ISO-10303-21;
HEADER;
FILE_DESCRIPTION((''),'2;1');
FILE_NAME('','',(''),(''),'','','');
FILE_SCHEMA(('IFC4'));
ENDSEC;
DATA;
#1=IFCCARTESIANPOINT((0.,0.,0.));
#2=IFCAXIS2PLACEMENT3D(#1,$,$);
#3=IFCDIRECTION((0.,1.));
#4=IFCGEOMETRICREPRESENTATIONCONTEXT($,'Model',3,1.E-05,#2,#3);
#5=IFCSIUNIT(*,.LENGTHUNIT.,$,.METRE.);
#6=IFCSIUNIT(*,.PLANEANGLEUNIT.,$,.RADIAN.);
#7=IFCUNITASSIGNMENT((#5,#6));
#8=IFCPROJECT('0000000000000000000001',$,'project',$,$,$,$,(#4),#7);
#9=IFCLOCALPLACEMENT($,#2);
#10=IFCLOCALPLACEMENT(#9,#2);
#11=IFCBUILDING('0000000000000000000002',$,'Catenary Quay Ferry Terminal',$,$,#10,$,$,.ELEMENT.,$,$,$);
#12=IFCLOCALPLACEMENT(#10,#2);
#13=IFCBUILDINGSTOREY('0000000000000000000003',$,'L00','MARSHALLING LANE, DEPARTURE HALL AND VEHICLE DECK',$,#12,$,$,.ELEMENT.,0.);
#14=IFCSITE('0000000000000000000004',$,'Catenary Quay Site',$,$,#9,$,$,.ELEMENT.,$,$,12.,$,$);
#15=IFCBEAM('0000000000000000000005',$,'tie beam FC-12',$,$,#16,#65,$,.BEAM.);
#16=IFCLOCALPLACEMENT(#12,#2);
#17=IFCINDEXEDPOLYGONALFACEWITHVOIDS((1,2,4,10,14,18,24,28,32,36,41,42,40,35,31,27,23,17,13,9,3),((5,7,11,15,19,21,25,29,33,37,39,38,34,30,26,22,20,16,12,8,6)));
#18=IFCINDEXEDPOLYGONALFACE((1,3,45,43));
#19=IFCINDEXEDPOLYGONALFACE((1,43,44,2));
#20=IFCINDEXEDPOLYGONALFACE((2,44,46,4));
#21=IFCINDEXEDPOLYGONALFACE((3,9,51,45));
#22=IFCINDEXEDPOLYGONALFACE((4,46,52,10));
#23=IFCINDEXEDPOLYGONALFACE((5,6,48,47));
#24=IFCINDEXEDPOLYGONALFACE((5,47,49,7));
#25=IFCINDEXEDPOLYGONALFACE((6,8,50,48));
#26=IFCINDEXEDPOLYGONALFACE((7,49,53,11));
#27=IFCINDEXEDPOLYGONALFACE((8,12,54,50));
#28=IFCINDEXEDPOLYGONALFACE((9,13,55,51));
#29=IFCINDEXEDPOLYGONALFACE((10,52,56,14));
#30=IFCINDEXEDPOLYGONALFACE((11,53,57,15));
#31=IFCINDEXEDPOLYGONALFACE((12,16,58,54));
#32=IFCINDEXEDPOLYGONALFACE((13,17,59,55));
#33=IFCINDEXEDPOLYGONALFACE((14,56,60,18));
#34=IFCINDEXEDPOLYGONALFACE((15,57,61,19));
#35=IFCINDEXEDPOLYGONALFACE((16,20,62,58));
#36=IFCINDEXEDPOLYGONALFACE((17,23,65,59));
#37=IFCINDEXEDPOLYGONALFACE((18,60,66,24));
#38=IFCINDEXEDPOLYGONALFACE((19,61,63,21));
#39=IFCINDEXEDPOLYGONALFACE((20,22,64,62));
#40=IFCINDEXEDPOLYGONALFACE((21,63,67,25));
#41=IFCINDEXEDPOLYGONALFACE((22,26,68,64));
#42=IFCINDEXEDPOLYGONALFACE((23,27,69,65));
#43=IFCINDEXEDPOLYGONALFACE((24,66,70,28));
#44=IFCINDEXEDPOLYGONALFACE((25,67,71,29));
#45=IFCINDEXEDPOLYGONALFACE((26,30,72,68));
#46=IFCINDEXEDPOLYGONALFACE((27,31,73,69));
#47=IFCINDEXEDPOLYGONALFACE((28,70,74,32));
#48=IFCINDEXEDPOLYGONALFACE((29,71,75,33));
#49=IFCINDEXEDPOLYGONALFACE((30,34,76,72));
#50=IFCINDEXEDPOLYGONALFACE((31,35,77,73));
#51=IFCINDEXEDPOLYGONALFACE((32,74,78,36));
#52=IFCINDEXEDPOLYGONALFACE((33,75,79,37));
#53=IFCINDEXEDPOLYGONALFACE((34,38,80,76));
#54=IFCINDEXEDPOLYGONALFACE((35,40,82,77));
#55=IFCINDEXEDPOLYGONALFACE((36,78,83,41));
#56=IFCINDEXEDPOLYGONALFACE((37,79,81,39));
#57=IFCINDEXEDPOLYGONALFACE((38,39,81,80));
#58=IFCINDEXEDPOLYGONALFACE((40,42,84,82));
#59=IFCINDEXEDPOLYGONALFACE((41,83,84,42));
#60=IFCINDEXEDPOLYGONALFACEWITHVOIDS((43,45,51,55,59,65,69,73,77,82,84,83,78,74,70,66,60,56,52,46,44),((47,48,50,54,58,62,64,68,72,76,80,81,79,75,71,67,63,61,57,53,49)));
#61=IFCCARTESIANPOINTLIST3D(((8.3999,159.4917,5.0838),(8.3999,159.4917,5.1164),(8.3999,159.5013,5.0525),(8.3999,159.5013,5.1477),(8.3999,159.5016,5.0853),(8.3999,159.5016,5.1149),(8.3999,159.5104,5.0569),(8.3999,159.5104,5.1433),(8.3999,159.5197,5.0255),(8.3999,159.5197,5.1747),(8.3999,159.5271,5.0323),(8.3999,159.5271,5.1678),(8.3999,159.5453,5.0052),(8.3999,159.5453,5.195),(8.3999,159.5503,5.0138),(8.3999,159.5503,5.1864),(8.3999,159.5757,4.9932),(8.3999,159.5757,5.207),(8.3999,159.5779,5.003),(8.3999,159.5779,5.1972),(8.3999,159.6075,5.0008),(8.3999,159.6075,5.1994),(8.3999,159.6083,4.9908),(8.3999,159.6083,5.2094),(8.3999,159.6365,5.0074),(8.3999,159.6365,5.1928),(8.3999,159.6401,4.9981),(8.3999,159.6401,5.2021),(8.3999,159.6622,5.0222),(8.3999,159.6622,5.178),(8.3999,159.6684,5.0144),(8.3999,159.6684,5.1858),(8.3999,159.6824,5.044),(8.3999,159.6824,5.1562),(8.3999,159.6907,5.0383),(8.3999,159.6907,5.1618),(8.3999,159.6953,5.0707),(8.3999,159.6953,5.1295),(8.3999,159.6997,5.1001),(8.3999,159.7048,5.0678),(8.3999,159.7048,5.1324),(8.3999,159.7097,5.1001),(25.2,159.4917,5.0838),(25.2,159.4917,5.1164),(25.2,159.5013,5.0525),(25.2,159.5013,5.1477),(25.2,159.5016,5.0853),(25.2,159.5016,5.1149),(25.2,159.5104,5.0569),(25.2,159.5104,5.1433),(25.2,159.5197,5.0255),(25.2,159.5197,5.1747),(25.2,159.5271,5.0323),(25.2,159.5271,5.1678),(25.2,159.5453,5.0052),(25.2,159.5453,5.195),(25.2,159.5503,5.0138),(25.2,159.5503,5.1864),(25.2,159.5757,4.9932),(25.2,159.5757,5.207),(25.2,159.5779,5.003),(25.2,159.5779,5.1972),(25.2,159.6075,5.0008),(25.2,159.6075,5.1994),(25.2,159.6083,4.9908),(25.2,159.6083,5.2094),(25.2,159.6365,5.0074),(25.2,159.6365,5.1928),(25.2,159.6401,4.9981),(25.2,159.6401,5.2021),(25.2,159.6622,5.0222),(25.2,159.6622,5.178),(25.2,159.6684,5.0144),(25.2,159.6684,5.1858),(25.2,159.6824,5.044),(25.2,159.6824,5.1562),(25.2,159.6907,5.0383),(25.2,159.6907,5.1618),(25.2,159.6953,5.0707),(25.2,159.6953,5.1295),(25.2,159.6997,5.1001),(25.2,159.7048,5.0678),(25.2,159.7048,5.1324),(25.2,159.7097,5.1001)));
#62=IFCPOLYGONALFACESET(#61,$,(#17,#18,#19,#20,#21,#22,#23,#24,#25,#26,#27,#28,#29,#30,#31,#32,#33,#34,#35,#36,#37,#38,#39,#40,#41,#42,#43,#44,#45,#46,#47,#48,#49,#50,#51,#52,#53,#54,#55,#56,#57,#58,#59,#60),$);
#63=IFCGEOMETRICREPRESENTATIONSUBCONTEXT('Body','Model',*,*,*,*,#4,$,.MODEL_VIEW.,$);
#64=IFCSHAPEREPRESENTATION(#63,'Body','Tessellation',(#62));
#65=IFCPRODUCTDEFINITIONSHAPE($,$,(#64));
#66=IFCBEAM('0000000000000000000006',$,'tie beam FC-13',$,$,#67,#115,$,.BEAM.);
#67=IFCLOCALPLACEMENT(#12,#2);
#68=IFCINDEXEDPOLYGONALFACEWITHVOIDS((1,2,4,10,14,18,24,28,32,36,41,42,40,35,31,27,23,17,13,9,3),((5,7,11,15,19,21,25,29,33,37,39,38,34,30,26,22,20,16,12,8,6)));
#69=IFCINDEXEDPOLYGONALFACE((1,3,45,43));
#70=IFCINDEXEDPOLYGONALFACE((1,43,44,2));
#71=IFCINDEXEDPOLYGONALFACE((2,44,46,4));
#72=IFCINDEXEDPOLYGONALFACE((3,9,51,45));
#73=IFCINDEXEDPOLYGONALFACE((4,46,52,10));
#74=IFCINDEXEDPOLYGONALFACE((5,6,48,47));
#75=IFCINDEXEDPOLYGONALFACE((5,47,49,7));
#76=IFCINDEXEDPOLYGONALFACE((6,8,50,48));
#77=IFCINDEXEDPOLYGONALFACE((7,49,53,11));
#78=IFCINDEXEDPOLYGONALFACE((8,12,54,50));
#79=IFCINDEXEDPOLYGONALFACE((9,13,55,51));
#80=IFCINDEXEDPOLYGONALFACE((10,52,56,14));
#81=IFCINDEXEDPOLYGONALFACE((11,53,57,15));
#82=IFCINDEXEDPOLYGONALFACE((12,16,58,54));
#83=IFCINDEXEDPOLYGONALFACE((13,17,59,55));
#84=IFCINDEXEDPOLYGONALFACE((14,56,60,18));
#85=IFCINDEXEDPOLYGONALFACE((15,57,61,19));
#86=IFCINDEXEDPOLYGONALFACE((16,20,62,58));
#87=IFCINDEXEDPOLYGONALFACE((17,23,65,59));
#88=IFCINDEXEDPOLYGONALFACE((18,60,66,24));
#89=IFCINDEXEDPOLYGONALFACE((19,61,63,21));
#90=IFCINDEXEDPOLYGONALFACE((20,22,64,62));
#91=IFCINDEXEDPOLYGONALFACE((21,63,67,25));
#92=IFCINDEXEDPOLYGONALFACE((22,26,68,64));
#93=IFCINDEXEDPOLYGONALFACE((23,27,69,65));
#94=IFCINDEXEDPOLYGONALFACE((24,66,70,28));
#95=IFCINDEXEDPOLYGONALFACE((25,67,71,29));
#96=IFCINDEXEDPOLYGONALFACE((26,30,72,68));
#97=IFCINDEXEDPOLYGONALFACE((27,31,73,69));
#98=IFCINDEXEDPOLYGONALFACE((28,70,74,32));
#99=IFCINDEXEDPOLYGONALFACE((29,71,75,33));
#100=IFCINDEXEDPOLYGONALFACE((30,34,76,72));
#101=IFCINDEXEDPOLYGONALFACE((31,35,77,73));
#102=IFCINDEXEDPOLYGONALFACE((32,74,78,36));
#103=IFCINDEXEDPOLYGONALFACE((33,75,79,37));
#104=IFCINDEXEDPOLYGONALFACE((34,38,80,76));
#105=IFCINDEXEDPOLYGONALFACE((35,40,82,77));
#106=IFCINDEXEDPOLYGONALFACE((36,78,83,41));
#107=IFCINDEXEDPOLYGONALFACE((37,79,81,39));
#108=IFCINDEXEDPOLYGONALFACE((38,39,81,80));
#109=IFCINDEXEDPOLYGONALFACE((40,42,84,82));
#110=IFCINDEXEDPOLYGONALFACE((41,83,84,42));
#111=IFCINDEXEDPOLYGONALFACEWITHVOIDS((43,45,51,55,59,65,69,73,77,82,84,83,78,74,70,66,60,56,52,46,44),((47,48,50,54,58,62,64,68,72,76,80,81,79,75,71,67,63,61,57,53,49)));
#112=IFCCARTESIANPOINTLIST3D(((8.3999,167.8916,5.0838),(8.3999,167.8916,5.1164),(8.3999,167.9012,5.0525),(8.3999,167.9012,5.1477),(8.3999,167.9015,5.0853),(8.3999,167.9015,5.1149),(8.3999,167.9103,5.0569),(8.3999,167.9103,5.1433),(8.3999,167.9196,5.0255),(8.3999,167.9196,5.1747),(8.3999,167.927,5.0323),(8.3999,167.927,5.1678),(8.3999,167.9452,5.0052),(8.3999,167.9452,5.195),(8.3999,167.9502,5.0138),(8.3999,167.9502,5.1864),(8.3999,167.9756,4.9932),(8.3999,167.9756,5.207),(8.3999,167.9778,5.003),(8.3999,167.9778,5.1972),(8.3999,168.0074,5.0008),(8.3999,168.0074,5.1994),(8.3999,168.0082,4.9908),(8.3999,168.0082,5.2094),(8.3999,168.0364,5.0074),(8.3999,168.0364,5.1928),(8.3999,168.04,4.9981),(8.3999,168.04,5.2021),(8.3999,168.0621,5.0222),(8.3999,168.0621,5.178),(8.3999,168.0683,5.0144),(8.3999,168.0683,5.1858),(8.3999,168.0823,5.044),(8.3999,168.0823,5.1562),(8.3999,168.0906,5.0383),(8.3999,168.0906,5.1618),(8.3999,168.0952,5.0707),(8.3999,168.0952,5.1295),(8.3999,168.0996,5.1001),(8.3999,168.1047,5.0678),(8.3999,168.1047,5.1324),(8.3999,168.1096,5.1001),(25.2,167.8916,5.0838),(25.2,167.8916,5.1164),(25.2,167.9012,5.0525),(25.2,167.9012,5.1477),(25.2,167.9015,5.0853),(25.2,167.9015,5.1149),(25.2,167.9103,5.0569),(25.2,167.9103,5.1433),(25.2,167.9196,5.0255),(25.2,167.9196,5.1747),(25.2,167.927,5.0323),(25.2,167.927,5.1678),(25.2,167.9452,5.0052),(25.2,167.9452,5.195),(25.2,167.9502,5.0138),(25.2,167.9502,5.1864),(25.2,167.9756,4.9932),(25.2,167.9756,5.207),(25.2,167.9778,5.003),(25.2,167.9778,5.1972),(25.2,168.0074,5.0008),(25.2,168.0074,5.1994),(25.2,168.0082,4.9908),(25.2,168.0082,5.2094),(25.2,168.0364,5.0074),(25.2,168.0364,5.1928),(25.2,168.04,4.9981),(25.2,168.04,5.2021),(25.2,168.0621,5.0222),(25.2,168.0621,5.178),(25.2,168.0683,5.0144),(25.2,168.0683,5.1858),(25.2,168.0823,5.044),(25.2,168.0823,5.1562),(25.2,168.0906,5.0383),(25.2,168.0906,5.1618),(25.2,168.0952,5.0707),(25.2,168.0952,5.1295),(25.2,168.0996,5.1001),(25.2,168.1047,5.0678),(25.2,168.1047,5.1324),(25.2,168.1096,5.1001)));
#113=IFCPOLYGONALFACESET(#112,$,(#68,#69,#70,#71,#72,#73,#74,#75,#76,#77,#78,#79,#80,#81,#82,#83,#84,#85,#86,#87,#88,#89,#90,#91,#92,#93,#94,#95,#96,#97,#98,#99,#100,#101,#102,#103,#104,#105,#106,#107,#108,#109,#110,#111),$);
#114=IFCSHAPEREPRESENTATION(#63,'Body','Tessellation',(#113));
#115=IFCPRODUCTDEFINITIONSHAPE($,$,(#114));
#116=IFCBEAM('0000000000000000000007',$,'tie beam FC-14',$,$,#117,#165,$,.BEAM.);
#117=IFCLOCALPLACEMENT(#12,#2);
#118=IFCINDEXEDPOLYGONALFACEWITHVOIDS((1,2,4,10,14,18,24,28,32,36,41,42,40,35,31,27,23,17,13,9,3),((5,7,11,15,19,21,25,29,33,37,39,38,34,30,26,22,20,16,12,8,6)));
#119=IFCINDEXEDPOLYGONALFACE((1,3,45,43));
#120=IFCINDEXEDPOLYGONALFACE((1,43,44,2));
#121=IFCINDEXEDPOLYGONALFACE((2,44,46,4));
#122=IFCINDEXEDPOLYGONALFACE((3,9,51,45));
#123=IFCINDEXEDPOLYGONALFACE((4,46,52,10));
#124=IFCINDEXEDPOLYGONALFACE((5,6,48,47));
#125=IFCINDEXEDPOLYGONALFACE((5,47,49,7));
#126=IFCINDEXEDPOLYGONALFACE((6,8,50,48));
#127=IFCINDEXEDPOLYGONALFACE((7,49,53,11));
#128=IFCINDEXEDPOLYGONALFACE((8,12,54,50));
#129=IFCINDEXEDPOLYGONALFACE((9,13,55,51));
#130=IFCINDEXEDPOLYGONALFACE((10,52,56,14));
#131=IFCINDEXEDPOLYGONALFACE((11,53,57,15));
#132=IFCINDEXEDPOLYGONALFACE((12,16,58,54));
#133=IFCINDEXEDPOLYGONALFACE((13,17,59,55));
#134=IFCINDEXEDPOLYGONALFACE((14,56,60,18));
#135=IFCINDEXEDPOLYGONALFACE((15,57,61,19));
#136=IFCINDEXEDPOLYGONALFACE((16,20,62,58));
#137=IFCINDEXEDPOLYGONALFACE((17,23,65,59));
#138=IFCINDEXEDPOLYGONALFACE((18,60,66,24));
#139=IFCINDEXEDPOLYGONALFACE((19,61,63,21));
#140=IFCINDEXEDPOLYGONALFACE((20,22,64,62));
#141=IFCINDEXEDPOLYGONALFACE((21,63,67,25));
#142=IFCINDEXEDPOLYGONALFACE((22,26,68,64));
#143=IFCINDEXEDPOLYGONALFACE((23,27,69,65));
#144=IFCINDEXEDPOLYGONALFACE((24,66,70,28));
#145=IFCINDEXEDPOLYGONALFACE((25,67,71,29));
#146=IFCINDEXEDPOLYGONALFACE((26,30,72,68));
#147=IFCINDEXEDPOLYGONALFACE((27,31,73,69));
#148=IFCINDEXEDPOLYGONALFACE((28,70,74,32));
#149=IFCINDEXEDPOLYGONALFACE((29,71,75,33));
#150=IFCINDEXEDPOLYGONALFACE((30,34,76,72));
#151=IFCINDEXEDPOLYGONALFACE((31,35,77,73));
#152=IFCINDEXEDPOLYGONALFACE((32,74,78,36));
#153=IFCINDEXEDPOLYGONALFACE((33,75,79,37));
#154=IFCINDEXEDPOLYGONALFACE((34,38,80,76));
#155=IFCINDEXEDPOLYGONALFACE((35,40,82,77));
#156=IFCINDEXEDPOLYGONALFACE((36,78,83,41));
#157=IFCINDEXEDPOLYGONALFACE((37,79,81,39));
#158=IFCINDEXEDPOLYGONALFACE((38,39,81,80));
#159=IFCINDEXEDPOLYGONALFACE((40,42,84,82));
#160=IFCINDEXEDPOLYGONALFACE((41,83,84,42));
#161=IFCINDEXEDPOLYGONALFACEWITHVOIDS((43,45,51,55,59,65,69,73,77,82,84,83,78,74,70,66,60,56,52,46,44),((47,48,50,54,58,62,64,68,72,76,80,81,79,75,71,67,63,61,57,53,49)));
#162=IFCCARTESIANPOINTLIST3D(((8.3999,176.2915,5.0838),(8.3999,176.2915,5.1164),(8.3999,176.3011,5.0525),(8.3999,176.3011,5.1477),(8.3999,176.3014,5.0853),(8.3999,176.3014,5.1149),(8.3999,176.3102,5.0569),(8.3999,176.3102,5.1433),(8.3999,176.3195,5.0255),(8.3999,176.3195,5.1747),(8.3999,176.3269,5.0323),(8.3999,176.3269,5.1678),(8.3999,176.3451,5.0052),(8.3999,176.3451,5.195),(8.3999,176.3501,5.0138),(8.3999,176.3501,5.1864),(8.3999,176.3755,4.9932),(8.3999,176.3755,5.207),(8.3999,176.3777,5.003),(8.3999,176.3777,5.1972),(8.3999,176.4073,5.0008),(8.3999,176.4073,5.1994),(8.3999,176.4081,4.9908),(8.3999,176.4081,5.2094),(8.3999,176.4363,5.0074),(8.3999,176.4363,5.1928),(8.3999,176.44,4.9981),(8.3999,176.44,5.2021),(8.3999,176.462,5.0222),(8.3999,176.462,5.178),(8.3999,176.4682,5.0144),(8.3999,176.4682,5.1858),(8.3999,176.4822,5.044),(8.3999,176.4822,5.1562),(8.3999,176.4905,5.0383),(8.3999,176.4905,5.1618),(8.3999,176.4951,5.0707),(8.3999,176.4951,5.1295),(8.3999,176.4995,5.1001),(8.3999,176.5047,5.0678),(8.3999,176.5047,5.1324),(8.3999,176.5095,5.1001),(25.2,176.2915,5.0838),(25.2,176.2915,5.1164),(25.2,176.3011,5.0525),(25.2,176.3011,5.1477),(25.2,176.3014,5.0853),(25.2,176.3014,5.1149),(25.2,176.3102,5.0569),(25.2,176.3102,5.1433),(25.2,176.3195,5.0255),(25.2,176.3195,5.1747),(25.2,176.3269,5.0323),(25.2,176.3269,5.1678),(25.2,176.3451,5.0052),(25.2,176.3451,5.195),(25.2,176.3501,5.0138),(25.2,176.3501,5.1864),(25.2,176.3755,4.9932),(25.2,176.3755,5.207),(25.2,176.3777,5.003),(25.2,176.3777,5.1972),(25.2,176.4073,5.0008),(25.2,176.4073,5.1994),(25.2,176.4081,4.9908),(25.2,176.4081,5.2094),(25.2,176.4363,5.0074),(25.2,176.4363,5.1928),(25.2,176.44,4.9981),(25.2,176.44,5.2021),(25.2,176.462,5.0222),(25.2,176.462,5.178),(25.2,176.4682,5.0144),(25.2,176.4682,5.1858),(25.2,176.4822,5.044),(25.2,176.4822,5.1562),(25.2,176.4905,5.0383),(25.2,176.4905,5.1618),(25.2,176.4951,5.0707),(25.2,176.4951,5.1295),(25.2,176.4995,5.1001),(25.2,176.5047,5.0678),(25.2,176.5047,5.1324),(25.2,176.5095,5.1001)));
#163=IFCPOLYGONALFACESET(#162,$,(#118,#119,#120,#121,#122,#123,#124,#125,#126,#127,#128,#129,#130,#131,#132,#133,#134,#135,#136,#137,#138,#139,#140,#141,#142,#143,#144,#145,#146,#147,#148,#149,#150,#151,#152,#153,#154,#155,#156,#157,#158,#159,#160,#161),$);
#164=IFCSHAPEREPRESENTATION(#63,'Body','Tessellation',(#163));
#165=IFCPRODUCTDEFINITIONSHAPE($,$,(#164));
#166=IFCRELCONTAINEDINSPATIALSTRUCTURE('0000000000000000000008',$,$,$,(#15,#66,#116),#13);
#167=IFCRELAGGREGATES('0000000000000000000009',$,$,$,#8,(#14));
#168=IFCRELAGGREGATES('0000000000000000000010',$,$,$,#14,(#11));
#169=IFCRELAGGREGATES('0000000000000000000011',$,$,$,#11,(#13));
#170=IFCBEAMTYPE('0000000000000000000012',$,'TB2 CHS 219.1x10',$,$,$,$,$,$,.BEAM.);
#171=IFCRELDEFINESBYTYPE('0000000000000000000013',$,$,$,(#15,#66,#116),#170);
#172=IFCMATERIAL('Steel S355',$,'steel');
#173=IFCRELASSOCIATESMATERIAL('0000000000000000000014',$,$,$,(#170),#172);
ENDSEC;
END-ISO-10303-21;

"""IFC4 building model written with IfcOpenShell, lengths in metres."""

from ifc_helpers import new_model, si_unit, direction, frame, origin, origin_2d, place, context, subcontext, project, spatial, hollow_circle, extrude, material, material_profile, profile_set, type_object, element, save


model = new_model("IFC4")

# Units and contexts
model_context = context("Model", 3, precision=1e-05, world=origin(), true_north=direction((0.0, 1.0)))
body_context = subcontext(model_context, "Body", "Model", "MODEL_VIEW")
ifc_project = project(units=[si_unit("LENGTHUNIT", "METRE"), si_unit("PLANEANGLEUNIT", "RADIAN")], contexts=[model_context])

# Site, building, storey
site_placement = place(None, origin())
site = spatial("IfcSite", under=ifc_project, at=site_placement, Name="Catenary Quay Site", CompositionType="ELEMENT", RefElevation=12.0)
building_placement = place(site_placement, origin())
building = spatial("IfcBuilding", under=site, at=building_placement, Name="Catenary Quay Ferry Terminal", CompositionType="ELEMENT")
storey_placement = place(building_placement, origin())
storey = spatial("IfcBuildingStorey", under=building, at=storey_placement, Name="L00", Description="MARSHALLING LANE, DEPARTURE HALL AND VEHICLE DECK", CompositionType="ELEMENT", Elevation=0.0)

# Beams
ifc_material_1 = material(Name="Steel S355", Category="steel")
ifc_material_profile_1 = material_profile(ifc_material_1, hollow_circle(Radius=0.1096, WallThickness=0.01, at=origin_2d()), Name="CHS 219.1x10")
ifc_profile_set_1 = profile_set([ifc_material_profile_1], Name="Steel S355")
beam_type_1 = type_object("IfcBeamType", Name="TB2 CHS 219.1x10", PredefinedType="BEAM", material=ifc_profile_set_1)
for number, where, z_axis, x_axis, name in (
    (1, (8.3999, 159.6001, 5.1001), (1.0, 0.0, 0.0), (0.0, 1.0, 0.0), "tie beam FC-12"),
    (2, (8.3999, 168.0, 5.1001), (1.0, 0.0, 0.0), (0.0, 1.0, 0.0), "tie beam FC-13"),
    (3, (8.3999, 176.3999, 5.1001), (1.0, 0.0, 0.0), (0.0, 1.0, 0.0), "tie beam FC-14"),
):
    element("IfcBeam", number, at=place(storey_placement, frame(where, z_axis=z_axis, x_axis=x_axis)), inside=storey, type_object=beam_type_1, Name=name, PredefinedType="BEAM", context=body_context, shape_type="SweptSolid", body=[
        extrude(hollow_circle(Radius=0.1096, WallThickness=0.01, at=origin_2d()), origin(), (0.0, 0.0, 1.0), 16.8),
    ])

save(model, "model.ifc")
